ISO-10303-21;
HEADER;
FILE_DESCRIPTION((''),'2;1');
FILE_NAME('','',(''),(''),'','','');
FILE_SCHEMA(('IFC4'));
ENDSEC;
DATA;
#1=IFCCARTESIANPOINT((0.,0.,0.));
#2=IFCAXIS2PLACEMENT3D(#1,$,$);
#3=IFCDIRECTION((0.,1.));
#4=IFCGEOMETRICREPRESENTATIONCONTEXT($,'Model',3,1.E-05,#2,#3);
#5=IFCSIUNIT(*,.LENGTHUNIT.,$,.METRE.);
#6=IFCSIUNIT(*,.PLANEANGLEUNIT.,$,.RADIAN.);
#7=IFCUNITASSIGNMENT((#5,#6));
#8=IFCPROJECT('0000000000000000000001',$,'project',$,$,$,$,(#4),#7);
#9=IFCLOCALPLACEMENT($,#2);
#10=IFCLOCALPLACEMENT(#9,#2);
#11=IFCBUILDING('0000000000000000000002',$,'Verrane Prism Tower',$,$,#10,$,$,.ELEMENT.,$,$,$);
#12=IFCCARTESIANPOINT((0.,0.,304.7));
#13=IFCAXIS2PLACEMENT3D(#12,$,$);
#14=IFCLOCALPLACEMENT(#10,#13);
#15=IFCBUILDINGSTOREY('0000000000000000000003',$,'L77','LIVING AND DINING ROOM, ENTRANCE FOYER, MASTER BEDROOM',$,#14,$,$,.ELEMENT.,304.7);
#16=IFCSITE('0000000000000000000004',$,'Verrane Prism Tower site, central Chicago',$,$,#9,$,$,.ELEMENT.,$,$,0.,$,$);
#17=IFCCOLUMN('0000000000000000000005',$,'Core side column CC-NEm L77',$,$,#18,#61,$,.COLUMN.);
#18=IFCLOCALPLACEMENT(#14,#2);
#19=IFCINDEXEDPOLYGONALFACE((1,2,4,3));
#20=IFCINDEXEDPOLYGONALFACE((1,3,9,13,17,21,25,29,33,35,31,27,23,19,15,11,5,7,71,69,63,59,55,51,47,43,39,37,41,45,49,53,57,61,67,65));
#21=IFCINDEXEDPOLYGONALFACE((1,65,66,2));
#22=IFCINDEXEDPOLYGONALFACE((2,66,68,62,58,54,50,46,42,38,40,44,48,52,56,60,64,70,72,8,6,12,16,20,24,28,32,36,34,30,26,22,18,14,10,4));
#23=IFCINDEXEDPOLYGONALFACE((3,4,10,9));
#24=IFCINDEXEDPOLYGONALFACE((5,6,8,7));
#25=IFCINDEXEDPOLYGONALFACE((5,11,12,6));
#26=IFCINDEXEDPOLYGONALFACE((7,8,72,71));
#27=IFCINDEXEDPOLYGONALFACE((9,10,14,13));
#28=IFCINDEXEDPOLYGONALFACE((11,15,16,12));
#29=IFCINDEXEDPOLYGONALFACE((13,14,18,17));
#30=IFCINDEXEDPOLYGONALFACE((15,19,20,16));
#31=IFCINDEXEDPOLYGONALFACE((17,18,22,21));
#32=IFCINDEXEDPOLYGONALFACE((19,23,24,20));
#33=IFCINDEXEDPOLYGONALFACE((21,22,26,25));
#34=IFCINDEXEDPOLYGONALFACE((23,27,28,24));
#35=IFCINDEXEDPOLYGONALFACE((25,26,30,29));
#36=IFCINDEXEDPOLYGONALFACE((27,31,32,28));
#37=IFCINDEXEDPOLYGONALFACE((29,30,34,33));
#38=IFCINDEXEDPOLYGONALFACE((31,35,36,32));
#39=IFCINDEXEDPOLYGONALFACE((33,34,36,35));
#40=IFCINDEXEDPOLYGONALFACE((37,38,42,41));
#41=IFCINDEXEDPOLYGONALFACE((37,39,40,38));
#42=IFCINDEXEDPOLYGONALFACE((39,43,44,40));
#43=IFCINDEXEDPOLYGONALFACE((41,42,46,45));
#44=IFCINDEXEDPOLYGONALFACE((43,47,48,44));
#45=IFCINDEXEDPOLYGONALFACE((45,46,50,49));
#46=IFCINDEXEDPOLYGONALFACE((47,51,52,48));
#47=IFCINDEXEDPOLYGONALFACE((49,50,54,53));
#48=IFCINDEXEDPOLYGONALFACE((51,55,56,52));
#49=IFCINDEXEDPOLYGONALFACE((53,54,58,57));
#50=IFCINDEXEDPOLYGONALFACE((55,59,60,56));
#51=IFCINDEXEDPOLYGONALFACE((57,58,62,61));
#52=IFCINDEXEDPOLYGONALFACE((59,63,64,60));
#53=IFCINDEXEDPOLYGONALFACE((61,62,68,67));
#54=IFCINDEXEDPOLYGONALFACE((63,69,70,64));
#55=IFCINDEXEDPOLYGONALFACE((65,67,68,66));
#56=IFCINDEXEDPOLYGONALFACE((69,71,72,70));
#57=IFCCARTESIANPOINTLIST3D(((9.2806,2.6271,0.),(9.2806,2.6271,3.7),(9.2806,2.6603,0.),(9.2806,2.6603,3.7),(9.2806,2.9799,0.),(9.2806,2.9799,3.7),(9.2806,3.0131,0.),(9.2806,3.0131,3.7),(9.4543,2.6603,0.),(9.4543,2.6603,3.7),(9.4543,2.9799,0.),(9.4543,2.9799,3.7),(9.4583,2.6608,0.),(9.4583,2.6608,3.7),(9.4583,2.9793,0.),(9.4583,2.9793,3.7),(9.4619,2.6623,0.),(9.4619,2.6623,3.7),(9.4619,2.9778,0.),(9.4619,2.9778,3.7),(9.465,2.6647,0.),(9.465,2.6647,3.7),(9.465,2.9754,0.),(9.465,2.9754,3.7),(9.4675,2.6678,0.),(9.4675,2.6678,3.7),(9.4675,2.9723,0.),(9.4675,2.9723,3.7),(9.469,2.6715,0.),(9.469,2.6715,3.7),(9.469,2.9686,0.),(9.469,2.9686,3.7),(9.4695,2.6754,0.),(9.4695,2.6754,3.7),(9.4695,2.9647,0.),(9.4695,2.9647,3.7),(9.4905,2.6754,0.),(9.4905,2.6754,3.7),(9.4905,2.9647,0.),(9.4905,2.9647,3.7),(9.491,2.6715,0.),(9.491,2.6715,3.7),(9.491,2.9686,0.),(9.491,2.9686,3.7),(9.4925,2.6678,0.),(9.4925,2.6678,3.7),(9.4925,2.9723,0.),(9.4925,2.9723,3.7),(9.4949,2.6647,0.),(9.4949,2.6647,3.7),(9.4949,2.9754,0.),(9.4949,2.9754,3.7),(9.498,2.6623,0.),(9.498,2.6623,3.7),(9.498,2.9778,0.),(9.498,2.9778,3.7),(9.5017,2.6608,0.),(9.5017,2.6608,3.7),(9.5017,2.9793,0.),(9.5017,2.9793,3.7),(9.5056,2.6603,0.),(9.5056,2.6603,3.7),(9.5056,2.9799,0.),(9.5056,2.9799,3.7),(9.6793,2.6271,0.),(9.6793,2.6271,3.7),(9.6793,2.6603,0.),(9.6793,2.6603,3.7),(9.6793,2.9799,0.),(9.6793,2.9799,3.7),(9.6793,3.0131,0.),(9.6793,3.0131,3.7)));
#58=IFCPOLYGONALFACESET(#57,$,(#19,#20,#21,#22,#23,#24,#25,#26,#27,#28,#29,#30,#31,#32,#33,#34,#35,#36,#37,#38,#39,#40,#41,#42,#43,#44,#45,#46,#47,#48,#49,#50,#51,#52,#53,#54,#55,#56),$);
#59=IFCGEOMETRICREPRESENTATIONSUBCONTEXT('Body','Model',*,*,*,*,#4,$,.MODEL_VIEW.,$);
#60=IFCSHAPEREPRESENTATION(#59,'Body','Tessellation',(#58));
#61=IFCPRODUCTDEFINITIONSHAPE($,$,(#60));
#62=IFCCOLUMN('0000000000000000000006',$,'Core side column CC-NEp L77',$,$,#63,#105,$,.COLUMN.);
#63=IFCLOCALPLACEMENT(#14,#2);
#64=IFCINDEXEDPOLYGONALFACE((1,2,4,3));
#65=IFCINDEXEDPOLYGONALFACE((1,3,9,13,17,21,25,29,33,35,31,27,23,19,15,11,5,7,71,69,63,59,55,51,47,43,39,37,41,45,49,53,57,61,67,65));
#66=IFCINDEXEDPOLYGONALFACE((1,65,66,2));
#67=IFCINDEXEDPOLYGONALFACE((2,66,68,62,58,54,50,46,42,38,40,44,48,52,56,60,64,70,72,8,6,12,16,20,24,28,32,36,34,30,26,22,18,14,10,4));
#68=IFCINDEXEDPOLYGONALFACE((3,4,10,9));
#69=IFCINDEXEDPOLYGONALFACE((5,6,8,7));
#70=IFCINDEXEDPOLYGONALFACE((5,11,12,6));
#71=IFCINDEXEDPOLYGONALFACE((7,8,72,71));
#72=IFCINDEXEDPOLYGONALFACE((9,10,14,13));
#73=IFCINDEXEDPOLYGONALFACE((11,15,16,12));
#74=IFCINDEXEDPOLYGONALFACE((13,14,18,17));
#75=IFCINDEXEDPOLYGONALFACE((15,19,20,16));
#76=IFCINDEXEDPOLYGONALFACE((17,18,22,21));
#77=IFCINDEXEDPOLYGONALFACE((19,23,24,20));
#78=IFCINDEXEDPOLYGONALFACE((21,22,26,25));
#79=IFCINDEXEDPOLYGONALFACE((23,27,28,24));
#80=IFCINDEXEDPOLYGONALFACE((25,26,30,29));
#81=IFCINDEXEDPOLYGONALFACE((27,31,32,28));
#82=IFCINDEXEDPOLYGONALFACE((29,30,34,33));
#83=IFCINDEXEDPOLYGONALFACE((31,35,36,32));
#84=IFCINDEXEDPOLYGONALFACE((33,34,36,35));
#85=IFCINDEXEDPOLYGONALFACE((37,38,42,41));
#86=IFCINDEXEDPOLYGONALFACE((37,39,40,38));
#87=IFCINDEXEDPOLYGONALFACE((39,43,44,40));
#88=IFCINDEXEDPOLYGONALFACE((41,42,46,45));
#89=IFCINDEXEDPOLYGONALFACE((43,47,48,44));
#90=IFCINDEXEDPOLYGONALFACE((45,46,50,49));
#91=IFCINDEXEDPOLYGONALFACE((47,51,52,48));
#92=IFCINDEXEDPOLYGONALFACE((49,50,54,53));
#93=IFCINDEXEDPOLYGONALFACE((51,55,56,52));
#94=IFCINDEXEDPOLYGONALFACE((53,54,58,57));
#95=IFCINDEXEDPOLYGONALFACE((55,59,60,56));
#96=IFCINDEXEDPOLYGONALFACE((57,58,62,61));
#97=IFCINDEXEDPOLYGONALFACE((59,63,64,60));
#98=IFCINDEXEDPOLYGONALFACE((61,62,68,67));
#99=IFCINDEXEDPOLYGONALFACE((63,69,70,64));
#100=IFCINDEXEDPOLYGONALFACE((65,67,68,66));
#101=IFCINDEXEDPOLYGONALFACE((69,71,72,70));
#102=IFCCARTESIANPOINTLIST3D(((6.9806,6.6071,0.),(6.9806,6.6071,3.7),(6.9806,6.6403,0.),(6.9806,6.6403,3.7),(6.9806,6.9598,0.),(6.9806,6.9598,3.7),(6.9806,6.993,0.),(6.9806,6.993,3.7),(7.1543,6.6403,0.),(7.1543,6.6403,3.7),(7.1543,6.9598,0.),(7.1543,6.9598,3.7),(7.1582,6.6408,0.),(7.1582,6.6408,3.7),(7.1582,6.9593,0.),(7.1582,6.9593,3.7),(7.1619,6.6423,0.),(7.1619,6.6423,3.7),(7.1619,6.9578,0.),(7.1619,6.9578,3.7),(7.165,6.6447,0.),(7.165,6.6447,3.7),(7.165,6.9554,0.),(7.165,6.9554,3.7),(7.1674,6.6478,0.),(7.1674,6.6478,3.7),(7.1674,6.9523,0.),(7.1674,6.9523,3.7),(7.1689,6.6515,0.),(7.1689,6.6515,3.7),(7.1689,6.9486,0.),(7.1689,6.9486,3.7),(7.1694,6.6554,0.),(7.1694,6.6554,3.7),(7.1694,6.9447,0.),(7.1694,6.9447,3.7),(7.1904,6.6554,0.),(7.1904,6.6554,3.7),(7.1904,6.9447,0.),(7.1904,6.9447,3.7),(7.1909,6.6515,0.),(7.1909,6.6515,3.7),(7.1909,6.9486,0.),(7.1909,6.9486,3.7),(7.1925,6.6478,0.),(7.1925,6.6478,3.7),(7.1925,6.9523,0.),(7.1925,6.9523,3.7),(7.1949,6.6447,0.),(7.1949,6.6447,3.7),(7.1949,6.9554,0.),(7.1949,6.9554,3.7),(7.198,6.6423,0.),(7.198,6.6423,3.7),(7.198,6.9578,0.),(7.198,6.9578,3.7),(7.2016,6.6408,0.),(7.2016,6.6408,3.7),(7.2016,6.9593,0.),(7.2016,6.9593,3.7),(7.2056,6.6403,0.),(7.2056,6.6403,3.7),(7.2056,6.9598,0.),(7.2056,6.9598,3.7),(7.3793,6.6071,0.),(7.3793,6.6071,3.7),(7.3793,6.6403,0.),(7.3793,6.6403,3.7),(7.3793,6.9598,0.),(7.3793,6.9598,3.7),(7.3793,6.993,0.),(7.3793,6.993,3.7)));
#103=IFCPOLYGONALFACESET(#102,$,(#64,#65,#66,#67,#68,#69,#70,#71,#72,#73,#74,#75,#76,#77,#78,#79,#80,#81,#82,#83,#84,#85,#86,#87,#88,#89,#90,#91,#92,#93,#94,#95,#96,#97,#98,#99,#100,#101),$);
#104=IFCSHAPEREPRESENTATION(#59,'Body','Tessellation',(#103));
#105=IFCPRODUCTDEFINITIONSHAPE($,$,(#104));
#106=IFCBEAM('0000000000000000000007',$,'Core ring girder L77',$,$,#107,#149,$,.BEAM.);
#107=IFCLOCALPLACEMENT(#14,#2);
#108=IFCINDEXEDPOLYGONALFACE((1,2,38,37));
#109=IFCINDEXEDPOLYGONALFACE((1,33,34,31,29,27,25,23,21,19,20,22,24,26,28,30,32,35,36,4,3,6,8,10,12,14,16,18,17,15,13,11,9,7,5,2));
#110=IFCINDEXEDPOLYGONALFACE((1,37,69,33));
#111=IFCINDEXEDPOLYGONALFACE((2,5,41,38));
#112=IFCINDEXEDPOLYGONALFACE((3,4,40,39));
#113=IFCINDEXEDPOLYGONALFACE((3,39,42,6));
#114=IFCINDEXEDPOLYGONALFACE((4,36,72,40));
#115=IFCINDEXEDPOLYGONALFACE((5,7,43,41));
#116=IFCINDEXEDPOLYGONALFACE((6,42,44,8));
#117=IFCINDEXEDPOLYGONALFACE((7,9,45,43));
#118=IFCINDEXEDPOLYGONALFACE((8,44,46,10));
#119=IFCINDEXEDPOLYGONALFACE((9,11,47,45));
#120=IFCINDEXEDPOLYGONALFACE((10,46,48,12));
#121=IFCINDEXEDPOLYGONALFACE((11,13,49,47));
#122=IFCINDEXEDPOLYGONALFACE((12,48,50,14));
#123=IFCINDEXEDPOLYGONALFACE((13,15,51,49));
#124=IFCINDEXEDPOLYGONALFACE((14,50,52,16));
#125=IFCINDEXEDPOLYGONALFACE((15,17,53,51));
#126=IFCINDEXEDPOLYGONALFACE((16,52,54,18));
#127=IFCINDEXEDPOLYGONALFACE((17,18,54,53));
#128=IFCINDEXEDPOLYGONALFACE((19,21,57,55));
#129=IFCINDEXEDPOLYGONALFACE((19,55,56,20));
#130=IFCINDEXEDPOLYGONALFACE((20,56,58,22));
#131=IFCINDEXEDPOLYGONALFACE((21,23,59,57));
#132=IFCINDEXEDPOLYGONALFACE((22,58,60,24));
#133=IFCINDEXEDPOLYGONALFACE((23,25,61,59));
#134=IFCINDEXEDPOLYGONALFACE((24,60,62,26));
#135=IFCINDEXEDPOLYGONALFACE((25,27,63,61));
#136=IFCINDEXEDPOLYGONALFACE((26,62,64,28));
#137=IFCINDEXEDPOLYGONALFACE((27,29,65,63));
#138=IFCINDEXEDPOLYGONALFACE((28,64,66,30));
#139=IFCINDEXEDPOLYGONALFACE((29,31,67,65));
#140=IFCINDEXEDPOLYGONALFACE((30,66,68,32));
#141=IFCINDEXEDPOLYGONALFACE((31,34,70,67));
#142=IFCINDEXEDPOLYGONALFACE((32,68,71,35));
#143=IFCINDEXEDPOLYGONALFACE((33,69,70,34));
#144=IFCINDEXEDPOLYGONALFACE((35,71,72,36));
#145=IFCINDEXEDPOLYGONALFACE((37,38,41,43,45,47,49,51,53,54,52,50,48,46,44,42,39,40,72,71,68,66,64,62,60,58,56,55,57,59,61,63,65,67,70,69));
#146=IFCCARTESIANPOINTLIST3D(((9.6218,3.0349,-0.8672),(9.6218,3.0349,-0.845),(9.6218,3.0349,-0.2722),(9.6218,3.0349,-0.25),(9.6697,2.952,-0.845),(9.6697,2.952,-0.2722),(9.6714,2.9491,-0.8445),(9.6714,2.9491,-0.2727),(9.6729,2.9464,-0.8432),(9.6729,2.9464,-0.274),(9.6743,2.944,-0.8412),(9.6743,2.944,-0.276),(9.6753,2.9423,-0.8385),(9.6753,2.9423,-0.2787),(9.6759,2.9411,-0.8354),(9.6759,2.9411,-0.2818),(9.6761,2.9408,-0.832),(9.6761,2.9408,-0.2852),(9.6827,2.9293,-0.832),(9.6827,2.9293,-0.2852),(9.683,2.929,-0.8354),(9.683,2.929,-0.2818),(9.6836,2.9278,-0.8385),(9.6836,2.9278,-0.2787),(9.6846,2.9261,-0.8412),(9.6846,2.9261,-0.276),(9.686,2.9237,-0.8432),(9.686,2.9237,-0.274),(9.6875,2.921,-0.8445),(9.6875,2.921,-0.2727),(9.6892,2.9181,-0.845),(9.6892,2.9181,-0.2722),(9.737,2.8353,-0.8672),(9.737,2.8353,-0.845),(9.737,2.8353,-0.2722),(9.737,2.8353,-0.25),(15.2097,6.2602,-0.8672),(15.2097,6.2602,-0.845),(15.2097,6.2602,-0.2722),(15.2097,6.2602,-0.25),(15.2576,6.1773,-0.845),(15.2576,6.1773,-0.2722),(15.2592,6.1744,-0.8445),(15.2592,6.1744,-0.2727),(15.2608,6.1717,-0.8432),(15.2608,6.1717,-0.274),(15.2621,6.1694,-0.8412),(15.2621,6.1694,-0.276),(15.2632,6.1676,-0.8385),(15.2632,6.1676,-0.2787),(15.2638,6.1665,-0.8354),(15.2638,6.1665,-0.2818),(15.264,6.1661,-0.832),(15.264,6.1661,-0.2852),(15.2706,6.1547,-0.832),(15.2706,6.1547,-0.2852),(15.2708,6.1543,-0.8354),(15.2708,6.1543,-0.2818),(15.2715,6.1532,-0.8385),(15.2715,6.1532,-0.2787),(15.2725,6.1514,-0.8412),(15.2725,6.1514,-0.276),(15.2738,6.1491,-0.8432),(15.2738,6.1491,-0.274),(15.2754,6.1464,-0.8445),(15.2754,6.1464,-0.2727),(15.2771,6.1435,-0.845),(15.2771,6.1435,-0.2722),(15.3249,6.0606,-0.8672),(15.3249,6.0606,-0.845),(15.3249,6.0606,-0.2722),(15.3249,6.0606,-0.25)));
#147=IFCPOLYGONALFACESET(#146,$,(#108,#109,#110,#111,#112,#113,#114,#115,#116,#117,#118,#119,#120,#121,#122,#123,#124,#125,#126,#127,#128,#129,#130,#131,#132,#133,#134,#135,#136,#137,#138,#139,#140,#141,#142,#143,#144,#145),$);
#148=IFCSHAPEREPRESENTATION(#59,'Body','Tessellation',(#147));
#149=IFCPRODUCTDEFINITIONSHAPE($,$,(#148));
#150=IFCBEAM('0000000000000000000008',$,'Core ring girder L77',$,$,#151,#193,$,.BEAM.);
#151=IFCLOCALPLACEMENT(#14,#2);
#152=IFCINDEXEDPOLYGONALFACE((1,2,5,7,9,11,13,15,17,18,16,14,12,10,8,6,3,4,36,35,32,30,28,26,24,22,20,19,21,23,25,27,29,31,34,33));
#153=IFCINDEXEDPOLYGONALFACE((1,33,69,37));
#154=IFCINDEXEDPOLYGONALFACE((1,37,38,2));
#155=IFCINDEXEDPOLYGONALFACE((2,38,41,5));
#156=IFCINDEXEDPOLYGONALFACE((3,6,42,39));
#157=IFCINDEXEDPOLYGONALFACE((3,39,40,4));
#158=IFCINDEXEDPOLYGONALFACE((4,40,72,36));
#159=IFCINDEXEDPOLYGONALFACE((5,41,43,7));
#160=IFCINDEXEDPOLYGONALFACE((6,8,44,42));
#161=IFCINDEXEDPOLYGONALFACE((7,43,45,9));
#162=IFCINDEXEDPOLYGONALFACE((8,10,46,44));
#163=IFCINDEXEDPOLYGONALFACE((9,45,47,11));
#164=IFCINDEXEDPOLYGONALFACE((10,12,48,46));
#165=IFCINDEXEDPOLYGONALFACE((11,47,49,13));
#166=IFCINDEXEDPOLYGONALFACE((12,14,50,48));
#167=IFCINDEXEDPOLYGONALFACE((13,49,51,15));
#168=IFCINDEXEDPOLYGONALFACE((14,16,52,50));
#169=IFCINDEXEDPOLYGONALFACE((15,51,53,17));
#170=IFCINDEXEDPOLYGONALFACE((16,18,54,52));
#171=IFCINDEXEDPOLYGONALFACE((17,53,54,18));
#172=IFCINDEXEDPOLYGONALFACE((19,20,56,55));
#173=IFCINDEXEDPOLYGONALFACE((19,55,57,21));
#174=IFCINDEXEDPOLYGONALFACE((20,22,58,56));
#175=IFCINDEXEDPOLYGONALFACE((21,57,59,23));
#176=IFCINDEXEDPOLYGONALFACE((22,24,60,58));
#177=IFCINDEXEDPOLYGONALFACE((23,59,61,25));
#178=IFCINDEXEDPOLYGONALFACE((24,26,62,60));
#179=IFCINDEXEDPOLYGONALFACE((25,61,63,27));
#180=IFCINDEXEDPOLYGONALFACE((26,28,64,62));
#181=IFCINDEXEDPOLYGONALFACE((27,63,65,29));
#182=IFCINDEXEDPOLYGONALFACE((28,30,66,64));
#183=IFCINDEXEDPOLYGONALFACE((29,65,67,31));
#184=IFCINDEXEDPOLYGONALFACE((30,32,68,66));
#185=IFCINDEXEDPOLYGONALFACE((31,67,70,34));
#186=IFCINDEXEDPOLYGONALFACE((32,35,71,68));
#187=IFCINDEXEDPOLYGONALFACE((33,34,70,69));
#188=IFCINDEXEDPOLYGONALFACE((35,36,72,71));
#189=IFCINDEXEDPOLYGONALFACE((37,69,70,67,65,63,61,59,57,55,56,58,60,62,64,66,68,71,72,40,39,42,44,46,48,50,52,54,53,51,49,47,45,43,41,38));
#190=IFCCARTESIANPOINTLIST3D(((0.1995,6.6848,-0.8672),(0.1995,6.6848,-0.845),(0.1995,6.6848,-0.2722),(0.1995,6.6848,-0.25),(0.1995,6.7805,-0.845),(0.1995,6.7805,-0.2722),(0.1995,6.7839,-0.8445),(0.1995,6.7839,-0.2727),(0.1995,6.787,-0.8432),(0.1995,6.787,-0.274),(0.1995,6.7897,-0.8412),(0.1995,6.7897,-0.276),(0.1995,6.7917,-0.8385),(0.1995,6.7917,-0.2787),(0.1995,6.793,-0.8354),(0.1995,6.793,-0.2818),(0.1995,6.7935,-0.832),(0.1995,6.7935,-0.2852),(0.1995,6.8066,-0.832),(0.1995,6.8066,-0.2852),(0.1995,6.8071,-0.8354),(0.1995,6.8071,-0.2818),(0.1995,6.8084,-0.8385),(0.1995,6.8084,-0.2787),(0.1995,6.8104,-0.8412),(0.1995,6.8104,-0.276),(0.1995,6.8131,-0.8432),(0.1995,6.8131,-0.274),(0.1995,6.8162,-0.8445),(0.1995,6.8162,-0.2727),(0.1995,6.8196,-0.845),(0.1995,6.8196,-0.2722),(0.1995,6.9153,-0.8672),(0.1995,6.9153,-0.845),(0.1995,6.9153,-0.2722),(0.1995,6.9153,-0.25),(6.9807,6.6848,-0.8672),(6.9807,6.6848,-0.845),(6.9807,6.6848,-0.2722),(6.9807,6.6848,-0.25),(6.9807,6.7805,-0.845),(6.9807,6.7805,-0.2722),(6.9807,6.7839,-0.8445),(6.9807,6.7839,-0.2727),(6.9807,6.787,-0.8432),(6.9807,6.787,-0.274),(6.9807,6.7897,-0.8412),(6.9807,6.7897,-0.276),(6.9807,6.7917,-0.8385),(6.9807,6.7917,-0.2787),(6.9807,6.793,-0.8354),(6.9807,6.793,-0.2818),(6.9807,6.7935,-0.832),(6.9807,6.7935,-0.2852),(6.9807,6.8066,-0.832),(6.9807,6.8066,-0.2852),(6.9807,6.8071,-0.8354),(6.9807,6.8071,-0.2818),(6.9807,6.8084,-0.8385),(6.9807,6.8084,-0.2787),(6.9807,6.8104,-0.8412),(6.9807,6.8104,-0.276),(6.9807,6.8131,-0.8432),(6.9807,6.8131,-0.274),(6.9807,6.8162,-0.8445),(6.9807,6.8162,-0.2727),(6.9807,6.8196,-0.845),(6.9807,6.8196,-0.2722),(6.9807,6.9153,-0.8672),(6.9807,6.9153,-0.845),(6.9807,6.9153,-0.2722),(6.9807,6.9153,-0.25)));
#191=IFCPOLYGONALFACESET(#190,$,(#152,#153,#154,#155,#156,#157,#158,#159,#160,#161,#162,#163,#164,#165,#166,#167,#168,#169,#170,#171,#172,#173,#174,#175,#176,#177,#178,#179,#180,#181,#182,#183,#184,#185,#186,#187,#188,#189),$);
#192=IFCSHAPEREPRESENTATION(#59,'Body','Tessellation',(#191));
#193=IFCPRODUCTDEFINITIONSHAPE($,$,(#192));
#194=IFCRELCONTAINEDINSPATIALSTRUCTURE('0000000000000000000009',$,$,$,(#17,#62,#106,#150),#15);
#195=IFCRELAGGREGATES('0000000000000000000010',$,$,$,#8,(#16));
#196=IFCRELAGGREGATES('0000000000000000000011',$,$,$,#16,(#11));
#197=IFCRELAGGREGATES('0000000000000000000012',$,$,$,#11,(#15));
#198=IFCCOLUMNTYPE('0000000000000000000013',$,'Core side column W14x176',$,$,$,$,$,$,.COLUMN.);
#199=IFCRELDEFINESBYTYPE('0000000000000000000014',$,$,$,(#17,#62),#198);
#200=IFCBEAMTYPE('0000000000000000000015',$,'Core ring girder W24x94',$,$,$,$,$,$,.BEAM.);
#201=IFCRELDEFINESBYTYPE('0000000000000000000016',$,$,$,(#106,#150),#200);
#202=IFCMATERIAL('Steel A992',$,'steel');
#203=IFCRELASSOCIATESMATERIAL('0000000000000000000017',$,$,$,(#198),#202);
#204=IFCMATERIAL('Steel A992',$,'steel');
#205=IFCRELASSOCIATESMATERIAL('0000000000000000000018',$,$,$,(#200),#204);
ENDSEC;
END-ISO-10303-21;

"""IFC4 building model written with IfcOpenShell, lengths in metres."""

from ifc_helpers import new_model, si_unit, direction, frame, origin, origin_2d, place, context, subcontext, project, spatial, i_section, extrude, material, material_profile, profile_set, type_object, element, save


model = new_model("IFC4")

# Units and contexts
model_context = context("Model", 3, precision=1e-05, world=origin(), true_north=direction((0.0, 1.0)))
body_context = subcontext(model_context, "Body", "Model", "MODEL_VIEW")
ifc_project = project(units=[si_unit("LENGTHUNIT", "METRE"), si_unit("PLANEANGLEUNIT", "RADIAN")], contexts=[model_context])

# Site, building, storey
site_placement = place(None, origin())
site = spatial("IfcSite", under=ifc_project, at=site_placement, Name="Verrane Prism Tower site, central Chicago", CompositionType="ELEMENT", RefElevation=0.0)
building_placement = place(site_placement, origin())
building = spatial("IfcBuilding", under=site, at=building_placement, Name="Verrane Prism Tower", CompositionType="ELEMENT")
storey_placement = place(building_placement, frame((0.0, 0.0, 304.7)))
storey = spatial("IfcBuildingStorey", under=building, at=storey_placement, Name="L77", Description="LIVING AND DINING ROOM, ENTRANCE FOYER, MASTER BEDROOM", CompositionType="ELEMENT", Elevation=304.7)

# Columns
ifc_material_1 = material(Name="Steel A992", Category="steel")
ifc_material_profile_1 = material_profile(ifc_material_1, i_section(OverallWidth=0.3987, OverallDepth=0.386, WebThickness=0.021, FlangeThickness=0.0332, FilletRadius=0.0151, at=origin_2d()), Name="W14x176")
ifc_profile_set_1 = profile_set([ifc_material_profile_1], Name="Steel A992")
column_type = type_object("IfcColumnType", Name="Core side column W14x176", PredefinedType="COLUMN", material=ifc_profile_set_1)
for number, where, z_axis, x_axis, name in (
    (1, (9.48, 2.8201, 0.0), (0.0, 0.0, 1.0), (1.0, 0.0, 0.0), "Core side column CC-NEm L77"),
    (2, (7.1799, 6.8, 0.0), (0.0, 0.0, 1.0), (1.0, 0.0, 0.0), "Core side column CC-NEp L77"),
):
    element("IfcColumn", number, at=place(storey_placement, frame(where, z_axis=z_axis, x_axis=x_axis)), inside=storey, type_object=column_type, Name=name, PredefinedType="COLUMN", context=body_context, shape_type="SweptSolid", body=[
        extrude(i_section(OverallWidth=0.3987, OverallDepth=0.386, WebThickness=0.021, FlangeThickness=0.0332, FilletRadius=0.0151, at=origin_2d()), origin(), (0.0, 0.0, 1.0), 3.7),
    ])

# Beams
ifc_material_2 = material(Name="Steel A992", Category="steel")
ifc_material_profile_2 = material_profile(ifc_material_2, i_section(OverallWidth=0.2305, OverallDepth=0.6172, WebThickness=0.0132, FlangeThickness=0.0222, FilletRadius=0.0129, at=origin_2d()), Name="W24x94")
ifc_profile_set_2 = profile_set([ifc_material_profile_2], Name="Steel A992")
beam_type = type_object("IfcBeamType", Name="Core ring girder W24x94", PredefinedType="BEAM", material=ifc_profile_set_2)
beam_1_placement = place(storey_placement, frame((9.6794, 2.9351, -0.5586), z_axis=(0.866081, 0.499904, 0.0), x_axis=(-0.499904, 0.866081, 0.0)))
element("IfcBeam", 3, at=beam_1_placement, inside=storey, type_object=beam_type, Name="Core ring girder L77", PredefinedType="BEAM", context=body_context, shape_type="SweptSolid", body=[
    extrude(i_section(OverallWidth=0.2305, OverallDepth=0.6172, WebThickness=0.0132, FlangeThickness=0.0222, FilletRadius=0.0129, at=origin_2d()), origin(), (0.0, 0.0, 1.0), 6.4519),
])
beam_2_placement = place(storey_placement, frame((6.9807, 6.8, -0.5586), z_axis=(-1.0, 0.0, 0.0), x_axis=(0.0, -1.0, 0.0)))
element("IfcBeam", 4, at=beam_2_placement, inside=storey, type_object=beam_type, Name="Core ring girder L77", PredefinedType="BEAM", context=body_context, shape_type="SweptSolid", body=[
    extrude(i_section(OverallWidth=0.2305, OverallDepth=0.6172, WebThickness=0.0132, FlangeThickness=0.0222, FilletRadius=0.0129, at=origin_2d()), origin(), (0.0, 0.0, 1.0), 6.7812),
])

save(model, "model.ifc")
